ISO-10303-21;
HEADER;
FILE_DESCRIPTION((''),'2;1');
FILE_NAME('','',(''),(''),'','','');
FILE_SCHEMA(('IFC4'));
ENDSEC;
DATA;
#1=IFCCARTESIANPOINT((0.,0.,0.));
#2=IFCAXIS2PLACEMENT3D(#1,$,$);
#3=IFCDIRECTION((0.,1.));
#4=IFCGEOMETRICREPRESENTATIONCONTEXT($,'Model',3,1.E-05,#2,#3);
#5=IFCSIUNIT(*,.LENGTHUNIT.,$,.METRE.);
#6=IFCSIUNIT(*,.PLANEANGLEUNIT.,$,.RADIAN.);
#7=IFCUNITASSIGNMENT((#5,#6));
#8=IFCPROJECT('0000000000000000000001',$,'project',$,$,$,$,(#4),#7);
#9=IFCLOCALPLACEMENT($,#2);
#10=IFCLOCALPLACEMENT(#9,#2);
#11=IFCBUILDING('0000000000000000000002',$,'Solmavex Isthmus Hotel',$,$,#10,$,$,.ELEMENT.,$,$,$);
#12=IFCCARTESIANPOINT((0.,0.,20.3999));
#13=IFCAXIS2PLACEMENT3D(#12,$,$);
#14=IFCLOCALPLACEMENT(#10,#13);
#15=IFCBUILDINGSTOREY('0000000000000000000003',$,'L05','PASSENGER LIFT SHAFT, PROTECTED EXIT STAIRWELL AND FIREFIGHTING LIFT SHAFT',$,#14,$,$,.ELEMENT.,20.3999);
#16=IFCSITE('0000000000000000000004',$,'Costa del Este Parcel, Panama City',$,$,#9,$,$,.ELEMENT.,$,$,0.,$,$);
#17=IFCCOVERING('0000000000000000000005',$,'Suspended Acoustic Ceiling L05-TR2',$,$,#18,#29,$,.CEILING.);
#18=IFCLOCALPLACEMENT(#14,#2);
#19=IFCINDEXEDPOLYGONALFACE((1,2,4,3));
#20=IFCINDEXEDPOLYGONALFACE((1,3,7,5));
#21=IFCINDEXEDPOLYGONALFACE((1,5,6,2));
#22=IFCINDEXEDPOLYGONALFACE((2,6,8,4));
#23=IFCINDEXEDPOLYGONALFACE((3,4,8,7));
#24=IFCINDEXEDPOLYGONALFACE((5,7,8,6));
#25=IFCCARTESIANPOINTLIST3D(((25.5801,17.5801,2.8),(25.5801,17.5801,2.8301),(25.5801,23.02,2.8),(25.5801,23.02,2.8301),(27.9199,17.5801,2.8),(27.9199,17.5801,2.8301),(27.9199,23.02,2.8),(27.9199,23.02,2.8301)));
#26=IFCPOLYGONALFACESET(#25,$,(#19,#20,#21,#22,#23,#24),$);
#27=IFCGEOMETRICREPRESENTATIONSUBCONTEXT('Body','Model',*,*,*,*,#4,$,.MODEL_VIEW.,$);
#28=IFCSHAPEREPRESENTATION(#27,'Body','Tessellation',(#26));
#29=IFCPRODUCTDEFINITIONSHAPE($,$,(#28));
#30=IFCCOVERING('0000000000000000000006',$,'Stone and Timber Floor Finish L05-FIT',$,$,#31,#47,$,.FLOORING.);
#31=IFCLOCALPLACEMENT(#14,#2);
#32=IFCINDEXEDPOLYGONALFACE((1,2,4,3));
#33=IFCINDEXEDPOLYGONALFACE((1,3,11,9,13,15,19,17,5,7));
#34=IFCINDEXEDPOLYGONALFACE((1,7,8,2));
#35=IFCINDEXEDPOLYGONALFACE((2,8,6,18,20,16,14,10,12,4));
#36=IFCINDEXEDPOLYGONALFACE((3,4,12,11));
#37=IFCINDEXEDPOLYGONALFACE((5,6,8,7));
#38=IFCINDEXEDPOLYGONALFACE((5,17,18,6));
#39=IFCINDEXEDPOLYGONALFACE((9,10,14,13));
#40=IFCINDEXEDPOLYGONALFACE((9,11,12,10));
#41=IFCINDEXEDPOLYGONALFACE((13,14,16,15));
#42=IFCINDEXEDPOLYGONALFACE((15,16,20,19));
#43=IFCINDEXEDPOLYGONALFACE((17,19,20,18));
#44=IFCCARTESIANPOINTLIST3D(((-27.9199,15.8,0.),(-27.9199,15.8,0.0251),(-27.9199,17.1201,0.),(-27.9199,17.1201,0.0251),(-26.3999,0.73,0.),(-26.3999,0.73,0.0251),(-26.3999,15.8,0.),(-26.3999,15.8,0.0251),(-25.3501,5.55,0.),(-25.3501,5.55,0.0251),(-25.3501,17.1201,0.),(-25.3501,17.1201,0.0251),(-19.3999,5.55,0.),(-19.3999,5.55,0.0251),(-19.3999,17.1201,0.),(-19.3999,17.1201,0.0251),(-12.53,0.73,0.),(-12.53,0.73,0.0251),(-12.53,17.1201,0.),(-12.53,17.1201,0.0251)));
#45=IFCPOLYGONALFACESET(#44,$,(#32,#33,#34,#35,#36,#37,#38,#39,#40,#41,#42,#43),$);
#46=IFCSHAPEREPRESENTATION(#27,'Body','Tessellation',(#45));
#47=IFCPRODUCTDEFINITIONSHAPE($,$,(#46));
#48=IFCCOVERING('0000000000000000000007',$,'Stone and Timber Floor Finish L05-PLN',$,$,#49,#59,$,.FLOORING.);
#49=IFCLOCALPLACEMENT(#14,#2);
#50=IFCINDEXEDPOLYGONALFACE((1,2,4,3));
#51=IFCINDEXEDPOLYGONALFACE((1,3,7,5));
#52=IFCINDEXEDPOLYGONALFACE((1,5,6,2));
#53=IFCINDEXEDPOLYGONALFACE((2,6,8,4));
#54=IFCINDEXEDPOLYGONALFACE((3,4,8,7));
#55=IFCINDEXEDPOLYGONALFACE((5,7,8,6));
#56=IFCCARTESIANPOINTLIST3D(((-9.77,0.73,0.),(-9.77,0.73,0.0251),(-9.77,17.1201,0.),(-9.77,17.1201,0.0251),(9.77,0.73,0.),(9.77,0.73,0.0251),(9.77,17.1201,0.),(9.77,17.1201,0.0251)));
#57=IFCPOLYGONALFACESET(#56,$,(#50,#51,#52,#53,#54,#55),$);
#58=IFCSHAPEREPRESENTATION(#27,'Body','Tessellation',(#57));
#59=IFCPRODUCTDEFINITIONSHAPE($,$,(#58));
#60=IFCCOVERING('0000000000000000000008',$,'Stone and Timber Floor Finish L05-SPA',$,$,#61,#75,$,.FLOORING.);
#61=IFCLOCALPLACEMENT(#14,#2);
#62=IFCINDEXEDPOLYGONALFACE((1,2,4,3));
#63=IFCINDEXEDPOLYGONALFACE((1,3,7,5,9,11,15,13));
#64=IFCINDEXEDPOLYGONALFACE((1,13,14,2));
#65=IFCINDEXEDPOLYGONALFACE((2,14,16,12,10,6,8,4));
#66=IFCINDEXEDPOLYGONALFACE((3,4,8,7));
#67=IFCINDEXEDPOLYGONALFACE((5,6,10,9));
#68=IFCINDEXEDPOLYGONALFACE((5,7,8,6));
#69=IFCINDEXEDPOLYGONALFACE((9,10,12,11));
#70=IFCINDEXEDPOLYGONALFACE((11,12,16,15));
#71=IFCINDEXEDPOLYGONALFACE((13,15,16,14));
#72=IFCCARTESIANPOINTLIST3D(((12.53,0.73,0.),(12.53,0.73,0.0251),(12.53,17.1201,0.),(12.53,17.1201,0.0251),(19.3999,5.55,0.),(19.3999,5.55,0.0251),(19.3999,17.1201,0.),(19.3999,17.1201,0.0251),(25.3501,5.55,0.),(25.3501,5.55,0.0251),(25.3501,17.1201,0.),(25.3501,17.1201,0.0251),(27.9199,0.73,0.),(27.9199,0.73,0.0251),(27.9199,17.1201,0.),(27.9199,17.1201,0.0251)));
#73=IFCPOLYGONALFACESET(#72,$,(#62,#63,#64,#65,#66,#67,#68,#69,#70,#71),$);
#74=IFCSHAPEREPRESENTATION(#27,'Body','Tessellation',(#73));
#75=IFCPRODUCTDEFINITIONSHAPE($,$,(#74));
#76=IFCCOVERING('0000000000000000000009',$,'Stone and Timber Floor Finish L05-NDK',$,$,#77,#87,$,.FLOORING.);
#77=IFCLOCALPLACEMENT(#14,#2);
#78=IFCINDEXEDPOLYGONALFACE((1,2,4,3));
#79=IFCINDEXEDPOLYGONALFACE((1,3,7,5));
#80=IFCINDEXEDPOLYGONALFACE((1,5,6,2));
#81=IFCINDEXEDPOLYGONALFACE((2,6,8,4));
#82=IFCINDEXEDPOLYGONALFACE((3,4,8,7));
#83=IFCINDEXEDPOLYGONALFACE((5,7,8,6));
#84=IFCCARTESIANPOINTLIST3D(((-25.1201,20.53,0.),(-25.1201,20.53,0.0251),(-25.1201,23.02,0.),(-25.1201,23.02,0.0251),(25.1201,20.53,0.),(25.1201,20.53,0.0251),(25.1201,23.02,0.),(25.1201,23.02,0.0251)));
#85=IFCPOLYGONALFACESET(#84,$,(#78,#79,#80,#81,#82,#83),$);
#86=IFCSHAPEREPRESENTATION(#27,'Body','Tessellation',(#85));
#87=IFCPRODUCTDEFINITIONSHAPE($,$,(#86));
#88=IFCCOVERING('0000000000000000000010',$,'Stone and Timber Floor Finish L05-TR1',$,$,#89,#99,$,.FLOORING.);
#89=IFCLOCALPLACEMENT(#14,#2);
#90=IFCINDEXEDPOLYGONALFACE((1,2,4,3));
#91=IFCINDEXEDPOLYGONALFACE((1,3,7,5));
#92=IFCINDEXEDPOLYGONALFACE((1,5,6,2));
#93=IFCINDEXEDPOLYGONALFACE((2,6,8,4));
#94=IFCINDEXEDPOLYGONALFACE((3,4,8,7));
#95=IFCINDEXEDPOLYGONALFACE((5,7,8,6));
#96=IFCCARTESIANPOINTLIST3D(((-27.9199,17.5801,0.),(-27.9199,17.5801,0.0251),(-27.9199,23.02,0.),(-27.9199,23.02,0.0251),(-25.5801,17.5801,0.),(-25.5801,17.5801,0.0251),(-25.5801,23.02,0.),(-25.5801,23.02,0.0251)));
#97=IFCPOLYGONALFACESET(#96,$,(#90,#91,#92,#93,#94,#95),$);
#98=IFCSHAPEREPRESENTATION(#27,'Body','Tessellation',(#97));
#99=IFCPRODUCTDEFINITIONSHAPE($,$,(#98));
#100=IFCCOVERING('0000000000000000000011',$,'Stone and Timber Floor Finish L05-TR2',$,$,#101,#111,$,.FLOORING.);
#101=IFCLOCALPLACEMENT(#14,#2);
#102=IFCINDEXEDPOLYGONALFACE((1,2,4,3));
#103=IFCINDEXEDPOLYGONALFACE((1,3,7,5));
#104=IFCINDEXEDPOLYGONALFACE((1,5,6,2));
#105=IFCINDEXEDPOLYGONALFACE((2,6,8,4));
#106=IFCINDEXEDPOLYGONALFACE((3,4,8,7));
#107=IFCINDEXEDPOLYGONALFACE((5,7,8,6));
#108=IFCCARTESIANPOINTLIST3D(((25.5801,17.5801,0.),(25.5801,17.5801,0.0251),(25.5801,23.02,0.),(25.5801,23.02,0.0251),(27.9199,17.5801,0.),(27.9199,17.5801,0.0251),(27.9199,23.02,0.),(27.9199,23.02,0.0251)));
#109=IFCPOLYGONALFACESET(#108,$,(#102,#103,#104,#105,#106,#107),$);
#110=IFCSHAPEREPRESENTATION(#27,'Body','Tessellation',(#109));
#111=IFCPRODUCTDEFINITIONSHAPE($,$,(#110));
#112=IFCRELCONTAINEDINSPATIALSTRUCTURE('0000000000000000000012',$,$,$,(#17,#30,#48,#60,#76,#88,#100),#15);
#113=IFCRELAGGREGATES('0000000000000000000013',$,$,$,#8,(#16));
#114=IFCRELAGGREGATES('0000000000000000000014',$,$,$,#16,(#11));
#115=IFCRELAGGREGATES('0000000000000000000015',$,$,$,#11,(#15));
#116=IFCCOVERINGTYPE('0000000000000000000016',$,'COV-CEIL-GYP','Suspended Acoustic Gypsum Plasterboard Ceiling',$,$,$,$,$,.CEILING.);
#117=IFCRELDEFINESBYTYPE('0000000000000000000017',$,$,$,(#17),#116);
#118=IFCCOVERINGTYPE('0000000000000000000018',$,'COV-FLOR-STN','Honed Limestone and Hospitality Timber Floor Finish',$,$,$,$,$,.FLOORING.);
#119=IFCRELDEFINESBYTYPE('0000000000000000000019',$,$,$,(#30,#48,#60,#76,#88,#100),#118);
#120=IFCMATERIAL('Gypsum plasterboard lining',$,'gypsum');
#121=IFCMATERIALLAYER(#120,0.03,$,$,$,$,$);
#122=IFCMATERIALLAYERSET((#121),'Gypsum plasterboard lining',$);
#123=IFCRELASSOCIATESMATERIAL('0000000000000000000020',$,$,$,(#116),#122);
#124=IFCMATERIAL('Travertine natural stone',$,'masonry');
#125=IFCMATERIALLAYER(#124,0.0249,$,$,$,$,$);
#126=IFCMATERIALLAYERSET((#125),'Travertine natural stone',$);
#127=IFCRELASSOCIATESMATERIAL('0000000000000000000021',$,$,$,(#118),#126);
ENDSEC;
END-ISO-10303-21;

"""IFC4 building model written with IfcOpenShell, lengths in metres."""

from ifc_helpers import new_model, si_unit, direction, frame, origin, place, context, subcontext, project, spatial, polyline, outline, extrude, material, layer, layer_set, type_object, element, save


model = new_model("IFC4")

# Units and contexts
model_context = context("Model", 3, precision=1e-05, world=origin(), true_north=direction((0.0, 1.0)))
body_context = subcontext(model_context, "Body", "Model", "MODEL_VIEW")
ifc_project = project(units=[si_unit("LENGTHUNIT", "METRE"), si_unit("PLANEANGLEUNIT", "RADIAN")], contexts=[model_context])

# Site, building, storey
site_placement = place(None, origin())
site = spatial("IfcSite", under=ifc_project, at=site_placement, Name="Costa del Este Parcel, Panama City", CompositionType="ELEMENT", RefElevation=0.0)
building_placement = place(site_placement, origin())
building = spatial("IfcBuilding", under=site, at=building_placement, Name="Solmavex Isthmus Hotel", CompositionType="ELEMENT")
storey_placement = place(building_placement, frame((0.0, 0.0, 20.3999)))
storey = spatial("IfcBuildingStorey", under=building, at=storey_placement, Name="L05", Description="PASSENGER LIFT SHAFT, PROTECTED EXIT STAIRWELL AND FIREFIGHTING LIFT SHAFT", CompositionType="ELEMENT", Elevation=20.3999)

# Coverings
ifc_material_1 = material(Name="Gypsum plasterboard lining", Category="gypsum")
ifc_layer_1 = layer(ifc_material_1, 0.03)
ifc_layer_set_1 = layer_set([ifc_layer_1], Name="Gypsum plasterboard lining")
covering_type_1 = type_object("IfcCoveringType", Name="COV-CEIL-GYP", Description="Suspended Acoustic Gypsum Plasterboard Ceiling", PredefinedType="CEILING", material=ifc_layer_set_1)
covering_1_placement = place(storey_placement, frame((0.0, 0.0, 2.8)))
element("IfcCovering", 1, at=covering_1_placement, inside=storey, type_object=covering_type_1, Name="Suspended Acoustic Ceiling L05-TR2", PredefinedType="CEILING", context=body_context, shape_type="SweptSolid", body=[
    extrude(outline(polyline([(27.9199, 17.5801), (27.9199, 23.02), (25.5801, 23.02), (25.5801, 17.5801), (27.9199, 17.5801)])), origin(), (0.0, 0.0, 1.0), 0.03),
])
ifc_material_2 = material(Name="Travertine natural stone", Category="masonry")
ifc_layer_2 = layer(ifc_material_2, 0.0249)
ifc_layer_set_2 = layer_set([ifc_layer_2], Name="Travertine natural stone")
covering_type_2 = type_object("IfcCoveringType", Name="COV-FLOR-STN", Description="Honed Limestone and Hospitality Timber Floor Finish", PredefinedType="FLOORING", material=ifc_layer_set_2)
covering_2_placement = place(storey_placement, origin())
element("IfcCovering", 2, at=covering_2_placement, inside=storey, type_object=covering_type_2, Name="Stone and Timber Floor Finish L05-FIT", PredefinedType="FLOORING", context=body_context, shape_type="SweptSolid", body=[
    extrude(outline(polyline([(-19.3999, 17.1201), (-19.3999, 5.55), (-25.3501, 5.55), (-25.3501, 17.1201), (-27.9199, 17.1201), (-27.9199, 15.8), (-26.3999, 15.8), (-26.3999, 0.73), (-12.53, 0.73), (-12.53, 17.1201), (-19.3999, 17.1201)])), origin(), (0.0, 0.0, 1.0), 0.0251),
])
covering_3_placement = place(storey_placement, origin())
element("IfcCovering", 3, at=covering_3_placement, inside=storey, type_object=covering_type_2, Name="Stone and Timber Floor Finish L05-PLN", PredefinedType="FLOORING", context=body_context, shape_type="SweptSolid", body=[
    extrude(outline(polyline([(9.77, 0.73), (9.77, 17.1201), (-9.77, 17.1201), (-9.77, 0.73), (9.77, 0.73)])), origin(), (0.0, 0.0, 1.0), 0.0251),
])
covering_4_placement = place(storey_placement, origin())
element("IfcCovering", 4, at=covering_4_placement, inside=storey, type_object=covering_type_2, Name="Stone and Timber Floor Finish L05-SPA", PredefinedType="FLOORING", context=body_context, shape_type="SweptSolid", body=[
    extrude(outline(polyline([(25.3501, 17.1201), (25.3501, 5.55), (19.3999, 5.55), (19.3999, 17.1201), (12.53, 17.1201), (12.53, 0.73), (27.9199, 0.73), (27.9199, 17.1201), (25.3501, 17.1201)])), origin(), (0.0, 0.0, 1.0), 0.0251),
])
covering_5_placement = place(storey_placement, origin())
element("IfcCovering", 5, at=covering_5_placement, inside=storey, type_object=covering_type_2, Name="Stone and Timber Floor Finish L05-NDK", PredefinedType="FLOORING", context=body_context, shape_type="SweptSolid", body=[
    extrude(outline(polyline([(25.1201, 20.53), (25.1201, 23.02), (-25.1201, 23.02), (-25.1201, 20.53), (25.1201, 20.53)])), origin(), (0.0, 0.0, 1.0), 0.0251),
])
covering_6_placement = place(storey_placement, origin())
element("IfcCovering", 6, at=covering_6_placement, inside=storey, type_object=covering_type_2, Name="Stone and Timber Floor Finish L05-TR1", PredefinedType="FLOORING", context=body_context, shape_type="SweptSolid", body=[
    extrude(outline(polyline([(-25.5801, 17.5801), (-25.5801, 23.02), (-27.9199, 23.02), (-27.9199, 17.5801), (-25.5801, 17.5801)])), origin(), (0.0, 0.0, 1.0), 0.0251),
])
covering_7_placement = place(storey_placement, origin())
element("IfcCovering", 7, at=covering_7_placement, inside=storey, type_object=covering_type_2, Name="Stone and Timber Floor Finish L05-TR2", PredefinedType="FLOORING", context=body_context, shape_type="SweptSolid", body=[
    extrude(outline(polyline([(27.9199, 17.5801), (27.9199, 23.02), (25.5801, 23.02), (25.5801, 17.5801), (27.9199, 17.5801)])), origin(), (0.0, 0.0, 1.0), 0.0251),
])

save(model, "model.ifc")
